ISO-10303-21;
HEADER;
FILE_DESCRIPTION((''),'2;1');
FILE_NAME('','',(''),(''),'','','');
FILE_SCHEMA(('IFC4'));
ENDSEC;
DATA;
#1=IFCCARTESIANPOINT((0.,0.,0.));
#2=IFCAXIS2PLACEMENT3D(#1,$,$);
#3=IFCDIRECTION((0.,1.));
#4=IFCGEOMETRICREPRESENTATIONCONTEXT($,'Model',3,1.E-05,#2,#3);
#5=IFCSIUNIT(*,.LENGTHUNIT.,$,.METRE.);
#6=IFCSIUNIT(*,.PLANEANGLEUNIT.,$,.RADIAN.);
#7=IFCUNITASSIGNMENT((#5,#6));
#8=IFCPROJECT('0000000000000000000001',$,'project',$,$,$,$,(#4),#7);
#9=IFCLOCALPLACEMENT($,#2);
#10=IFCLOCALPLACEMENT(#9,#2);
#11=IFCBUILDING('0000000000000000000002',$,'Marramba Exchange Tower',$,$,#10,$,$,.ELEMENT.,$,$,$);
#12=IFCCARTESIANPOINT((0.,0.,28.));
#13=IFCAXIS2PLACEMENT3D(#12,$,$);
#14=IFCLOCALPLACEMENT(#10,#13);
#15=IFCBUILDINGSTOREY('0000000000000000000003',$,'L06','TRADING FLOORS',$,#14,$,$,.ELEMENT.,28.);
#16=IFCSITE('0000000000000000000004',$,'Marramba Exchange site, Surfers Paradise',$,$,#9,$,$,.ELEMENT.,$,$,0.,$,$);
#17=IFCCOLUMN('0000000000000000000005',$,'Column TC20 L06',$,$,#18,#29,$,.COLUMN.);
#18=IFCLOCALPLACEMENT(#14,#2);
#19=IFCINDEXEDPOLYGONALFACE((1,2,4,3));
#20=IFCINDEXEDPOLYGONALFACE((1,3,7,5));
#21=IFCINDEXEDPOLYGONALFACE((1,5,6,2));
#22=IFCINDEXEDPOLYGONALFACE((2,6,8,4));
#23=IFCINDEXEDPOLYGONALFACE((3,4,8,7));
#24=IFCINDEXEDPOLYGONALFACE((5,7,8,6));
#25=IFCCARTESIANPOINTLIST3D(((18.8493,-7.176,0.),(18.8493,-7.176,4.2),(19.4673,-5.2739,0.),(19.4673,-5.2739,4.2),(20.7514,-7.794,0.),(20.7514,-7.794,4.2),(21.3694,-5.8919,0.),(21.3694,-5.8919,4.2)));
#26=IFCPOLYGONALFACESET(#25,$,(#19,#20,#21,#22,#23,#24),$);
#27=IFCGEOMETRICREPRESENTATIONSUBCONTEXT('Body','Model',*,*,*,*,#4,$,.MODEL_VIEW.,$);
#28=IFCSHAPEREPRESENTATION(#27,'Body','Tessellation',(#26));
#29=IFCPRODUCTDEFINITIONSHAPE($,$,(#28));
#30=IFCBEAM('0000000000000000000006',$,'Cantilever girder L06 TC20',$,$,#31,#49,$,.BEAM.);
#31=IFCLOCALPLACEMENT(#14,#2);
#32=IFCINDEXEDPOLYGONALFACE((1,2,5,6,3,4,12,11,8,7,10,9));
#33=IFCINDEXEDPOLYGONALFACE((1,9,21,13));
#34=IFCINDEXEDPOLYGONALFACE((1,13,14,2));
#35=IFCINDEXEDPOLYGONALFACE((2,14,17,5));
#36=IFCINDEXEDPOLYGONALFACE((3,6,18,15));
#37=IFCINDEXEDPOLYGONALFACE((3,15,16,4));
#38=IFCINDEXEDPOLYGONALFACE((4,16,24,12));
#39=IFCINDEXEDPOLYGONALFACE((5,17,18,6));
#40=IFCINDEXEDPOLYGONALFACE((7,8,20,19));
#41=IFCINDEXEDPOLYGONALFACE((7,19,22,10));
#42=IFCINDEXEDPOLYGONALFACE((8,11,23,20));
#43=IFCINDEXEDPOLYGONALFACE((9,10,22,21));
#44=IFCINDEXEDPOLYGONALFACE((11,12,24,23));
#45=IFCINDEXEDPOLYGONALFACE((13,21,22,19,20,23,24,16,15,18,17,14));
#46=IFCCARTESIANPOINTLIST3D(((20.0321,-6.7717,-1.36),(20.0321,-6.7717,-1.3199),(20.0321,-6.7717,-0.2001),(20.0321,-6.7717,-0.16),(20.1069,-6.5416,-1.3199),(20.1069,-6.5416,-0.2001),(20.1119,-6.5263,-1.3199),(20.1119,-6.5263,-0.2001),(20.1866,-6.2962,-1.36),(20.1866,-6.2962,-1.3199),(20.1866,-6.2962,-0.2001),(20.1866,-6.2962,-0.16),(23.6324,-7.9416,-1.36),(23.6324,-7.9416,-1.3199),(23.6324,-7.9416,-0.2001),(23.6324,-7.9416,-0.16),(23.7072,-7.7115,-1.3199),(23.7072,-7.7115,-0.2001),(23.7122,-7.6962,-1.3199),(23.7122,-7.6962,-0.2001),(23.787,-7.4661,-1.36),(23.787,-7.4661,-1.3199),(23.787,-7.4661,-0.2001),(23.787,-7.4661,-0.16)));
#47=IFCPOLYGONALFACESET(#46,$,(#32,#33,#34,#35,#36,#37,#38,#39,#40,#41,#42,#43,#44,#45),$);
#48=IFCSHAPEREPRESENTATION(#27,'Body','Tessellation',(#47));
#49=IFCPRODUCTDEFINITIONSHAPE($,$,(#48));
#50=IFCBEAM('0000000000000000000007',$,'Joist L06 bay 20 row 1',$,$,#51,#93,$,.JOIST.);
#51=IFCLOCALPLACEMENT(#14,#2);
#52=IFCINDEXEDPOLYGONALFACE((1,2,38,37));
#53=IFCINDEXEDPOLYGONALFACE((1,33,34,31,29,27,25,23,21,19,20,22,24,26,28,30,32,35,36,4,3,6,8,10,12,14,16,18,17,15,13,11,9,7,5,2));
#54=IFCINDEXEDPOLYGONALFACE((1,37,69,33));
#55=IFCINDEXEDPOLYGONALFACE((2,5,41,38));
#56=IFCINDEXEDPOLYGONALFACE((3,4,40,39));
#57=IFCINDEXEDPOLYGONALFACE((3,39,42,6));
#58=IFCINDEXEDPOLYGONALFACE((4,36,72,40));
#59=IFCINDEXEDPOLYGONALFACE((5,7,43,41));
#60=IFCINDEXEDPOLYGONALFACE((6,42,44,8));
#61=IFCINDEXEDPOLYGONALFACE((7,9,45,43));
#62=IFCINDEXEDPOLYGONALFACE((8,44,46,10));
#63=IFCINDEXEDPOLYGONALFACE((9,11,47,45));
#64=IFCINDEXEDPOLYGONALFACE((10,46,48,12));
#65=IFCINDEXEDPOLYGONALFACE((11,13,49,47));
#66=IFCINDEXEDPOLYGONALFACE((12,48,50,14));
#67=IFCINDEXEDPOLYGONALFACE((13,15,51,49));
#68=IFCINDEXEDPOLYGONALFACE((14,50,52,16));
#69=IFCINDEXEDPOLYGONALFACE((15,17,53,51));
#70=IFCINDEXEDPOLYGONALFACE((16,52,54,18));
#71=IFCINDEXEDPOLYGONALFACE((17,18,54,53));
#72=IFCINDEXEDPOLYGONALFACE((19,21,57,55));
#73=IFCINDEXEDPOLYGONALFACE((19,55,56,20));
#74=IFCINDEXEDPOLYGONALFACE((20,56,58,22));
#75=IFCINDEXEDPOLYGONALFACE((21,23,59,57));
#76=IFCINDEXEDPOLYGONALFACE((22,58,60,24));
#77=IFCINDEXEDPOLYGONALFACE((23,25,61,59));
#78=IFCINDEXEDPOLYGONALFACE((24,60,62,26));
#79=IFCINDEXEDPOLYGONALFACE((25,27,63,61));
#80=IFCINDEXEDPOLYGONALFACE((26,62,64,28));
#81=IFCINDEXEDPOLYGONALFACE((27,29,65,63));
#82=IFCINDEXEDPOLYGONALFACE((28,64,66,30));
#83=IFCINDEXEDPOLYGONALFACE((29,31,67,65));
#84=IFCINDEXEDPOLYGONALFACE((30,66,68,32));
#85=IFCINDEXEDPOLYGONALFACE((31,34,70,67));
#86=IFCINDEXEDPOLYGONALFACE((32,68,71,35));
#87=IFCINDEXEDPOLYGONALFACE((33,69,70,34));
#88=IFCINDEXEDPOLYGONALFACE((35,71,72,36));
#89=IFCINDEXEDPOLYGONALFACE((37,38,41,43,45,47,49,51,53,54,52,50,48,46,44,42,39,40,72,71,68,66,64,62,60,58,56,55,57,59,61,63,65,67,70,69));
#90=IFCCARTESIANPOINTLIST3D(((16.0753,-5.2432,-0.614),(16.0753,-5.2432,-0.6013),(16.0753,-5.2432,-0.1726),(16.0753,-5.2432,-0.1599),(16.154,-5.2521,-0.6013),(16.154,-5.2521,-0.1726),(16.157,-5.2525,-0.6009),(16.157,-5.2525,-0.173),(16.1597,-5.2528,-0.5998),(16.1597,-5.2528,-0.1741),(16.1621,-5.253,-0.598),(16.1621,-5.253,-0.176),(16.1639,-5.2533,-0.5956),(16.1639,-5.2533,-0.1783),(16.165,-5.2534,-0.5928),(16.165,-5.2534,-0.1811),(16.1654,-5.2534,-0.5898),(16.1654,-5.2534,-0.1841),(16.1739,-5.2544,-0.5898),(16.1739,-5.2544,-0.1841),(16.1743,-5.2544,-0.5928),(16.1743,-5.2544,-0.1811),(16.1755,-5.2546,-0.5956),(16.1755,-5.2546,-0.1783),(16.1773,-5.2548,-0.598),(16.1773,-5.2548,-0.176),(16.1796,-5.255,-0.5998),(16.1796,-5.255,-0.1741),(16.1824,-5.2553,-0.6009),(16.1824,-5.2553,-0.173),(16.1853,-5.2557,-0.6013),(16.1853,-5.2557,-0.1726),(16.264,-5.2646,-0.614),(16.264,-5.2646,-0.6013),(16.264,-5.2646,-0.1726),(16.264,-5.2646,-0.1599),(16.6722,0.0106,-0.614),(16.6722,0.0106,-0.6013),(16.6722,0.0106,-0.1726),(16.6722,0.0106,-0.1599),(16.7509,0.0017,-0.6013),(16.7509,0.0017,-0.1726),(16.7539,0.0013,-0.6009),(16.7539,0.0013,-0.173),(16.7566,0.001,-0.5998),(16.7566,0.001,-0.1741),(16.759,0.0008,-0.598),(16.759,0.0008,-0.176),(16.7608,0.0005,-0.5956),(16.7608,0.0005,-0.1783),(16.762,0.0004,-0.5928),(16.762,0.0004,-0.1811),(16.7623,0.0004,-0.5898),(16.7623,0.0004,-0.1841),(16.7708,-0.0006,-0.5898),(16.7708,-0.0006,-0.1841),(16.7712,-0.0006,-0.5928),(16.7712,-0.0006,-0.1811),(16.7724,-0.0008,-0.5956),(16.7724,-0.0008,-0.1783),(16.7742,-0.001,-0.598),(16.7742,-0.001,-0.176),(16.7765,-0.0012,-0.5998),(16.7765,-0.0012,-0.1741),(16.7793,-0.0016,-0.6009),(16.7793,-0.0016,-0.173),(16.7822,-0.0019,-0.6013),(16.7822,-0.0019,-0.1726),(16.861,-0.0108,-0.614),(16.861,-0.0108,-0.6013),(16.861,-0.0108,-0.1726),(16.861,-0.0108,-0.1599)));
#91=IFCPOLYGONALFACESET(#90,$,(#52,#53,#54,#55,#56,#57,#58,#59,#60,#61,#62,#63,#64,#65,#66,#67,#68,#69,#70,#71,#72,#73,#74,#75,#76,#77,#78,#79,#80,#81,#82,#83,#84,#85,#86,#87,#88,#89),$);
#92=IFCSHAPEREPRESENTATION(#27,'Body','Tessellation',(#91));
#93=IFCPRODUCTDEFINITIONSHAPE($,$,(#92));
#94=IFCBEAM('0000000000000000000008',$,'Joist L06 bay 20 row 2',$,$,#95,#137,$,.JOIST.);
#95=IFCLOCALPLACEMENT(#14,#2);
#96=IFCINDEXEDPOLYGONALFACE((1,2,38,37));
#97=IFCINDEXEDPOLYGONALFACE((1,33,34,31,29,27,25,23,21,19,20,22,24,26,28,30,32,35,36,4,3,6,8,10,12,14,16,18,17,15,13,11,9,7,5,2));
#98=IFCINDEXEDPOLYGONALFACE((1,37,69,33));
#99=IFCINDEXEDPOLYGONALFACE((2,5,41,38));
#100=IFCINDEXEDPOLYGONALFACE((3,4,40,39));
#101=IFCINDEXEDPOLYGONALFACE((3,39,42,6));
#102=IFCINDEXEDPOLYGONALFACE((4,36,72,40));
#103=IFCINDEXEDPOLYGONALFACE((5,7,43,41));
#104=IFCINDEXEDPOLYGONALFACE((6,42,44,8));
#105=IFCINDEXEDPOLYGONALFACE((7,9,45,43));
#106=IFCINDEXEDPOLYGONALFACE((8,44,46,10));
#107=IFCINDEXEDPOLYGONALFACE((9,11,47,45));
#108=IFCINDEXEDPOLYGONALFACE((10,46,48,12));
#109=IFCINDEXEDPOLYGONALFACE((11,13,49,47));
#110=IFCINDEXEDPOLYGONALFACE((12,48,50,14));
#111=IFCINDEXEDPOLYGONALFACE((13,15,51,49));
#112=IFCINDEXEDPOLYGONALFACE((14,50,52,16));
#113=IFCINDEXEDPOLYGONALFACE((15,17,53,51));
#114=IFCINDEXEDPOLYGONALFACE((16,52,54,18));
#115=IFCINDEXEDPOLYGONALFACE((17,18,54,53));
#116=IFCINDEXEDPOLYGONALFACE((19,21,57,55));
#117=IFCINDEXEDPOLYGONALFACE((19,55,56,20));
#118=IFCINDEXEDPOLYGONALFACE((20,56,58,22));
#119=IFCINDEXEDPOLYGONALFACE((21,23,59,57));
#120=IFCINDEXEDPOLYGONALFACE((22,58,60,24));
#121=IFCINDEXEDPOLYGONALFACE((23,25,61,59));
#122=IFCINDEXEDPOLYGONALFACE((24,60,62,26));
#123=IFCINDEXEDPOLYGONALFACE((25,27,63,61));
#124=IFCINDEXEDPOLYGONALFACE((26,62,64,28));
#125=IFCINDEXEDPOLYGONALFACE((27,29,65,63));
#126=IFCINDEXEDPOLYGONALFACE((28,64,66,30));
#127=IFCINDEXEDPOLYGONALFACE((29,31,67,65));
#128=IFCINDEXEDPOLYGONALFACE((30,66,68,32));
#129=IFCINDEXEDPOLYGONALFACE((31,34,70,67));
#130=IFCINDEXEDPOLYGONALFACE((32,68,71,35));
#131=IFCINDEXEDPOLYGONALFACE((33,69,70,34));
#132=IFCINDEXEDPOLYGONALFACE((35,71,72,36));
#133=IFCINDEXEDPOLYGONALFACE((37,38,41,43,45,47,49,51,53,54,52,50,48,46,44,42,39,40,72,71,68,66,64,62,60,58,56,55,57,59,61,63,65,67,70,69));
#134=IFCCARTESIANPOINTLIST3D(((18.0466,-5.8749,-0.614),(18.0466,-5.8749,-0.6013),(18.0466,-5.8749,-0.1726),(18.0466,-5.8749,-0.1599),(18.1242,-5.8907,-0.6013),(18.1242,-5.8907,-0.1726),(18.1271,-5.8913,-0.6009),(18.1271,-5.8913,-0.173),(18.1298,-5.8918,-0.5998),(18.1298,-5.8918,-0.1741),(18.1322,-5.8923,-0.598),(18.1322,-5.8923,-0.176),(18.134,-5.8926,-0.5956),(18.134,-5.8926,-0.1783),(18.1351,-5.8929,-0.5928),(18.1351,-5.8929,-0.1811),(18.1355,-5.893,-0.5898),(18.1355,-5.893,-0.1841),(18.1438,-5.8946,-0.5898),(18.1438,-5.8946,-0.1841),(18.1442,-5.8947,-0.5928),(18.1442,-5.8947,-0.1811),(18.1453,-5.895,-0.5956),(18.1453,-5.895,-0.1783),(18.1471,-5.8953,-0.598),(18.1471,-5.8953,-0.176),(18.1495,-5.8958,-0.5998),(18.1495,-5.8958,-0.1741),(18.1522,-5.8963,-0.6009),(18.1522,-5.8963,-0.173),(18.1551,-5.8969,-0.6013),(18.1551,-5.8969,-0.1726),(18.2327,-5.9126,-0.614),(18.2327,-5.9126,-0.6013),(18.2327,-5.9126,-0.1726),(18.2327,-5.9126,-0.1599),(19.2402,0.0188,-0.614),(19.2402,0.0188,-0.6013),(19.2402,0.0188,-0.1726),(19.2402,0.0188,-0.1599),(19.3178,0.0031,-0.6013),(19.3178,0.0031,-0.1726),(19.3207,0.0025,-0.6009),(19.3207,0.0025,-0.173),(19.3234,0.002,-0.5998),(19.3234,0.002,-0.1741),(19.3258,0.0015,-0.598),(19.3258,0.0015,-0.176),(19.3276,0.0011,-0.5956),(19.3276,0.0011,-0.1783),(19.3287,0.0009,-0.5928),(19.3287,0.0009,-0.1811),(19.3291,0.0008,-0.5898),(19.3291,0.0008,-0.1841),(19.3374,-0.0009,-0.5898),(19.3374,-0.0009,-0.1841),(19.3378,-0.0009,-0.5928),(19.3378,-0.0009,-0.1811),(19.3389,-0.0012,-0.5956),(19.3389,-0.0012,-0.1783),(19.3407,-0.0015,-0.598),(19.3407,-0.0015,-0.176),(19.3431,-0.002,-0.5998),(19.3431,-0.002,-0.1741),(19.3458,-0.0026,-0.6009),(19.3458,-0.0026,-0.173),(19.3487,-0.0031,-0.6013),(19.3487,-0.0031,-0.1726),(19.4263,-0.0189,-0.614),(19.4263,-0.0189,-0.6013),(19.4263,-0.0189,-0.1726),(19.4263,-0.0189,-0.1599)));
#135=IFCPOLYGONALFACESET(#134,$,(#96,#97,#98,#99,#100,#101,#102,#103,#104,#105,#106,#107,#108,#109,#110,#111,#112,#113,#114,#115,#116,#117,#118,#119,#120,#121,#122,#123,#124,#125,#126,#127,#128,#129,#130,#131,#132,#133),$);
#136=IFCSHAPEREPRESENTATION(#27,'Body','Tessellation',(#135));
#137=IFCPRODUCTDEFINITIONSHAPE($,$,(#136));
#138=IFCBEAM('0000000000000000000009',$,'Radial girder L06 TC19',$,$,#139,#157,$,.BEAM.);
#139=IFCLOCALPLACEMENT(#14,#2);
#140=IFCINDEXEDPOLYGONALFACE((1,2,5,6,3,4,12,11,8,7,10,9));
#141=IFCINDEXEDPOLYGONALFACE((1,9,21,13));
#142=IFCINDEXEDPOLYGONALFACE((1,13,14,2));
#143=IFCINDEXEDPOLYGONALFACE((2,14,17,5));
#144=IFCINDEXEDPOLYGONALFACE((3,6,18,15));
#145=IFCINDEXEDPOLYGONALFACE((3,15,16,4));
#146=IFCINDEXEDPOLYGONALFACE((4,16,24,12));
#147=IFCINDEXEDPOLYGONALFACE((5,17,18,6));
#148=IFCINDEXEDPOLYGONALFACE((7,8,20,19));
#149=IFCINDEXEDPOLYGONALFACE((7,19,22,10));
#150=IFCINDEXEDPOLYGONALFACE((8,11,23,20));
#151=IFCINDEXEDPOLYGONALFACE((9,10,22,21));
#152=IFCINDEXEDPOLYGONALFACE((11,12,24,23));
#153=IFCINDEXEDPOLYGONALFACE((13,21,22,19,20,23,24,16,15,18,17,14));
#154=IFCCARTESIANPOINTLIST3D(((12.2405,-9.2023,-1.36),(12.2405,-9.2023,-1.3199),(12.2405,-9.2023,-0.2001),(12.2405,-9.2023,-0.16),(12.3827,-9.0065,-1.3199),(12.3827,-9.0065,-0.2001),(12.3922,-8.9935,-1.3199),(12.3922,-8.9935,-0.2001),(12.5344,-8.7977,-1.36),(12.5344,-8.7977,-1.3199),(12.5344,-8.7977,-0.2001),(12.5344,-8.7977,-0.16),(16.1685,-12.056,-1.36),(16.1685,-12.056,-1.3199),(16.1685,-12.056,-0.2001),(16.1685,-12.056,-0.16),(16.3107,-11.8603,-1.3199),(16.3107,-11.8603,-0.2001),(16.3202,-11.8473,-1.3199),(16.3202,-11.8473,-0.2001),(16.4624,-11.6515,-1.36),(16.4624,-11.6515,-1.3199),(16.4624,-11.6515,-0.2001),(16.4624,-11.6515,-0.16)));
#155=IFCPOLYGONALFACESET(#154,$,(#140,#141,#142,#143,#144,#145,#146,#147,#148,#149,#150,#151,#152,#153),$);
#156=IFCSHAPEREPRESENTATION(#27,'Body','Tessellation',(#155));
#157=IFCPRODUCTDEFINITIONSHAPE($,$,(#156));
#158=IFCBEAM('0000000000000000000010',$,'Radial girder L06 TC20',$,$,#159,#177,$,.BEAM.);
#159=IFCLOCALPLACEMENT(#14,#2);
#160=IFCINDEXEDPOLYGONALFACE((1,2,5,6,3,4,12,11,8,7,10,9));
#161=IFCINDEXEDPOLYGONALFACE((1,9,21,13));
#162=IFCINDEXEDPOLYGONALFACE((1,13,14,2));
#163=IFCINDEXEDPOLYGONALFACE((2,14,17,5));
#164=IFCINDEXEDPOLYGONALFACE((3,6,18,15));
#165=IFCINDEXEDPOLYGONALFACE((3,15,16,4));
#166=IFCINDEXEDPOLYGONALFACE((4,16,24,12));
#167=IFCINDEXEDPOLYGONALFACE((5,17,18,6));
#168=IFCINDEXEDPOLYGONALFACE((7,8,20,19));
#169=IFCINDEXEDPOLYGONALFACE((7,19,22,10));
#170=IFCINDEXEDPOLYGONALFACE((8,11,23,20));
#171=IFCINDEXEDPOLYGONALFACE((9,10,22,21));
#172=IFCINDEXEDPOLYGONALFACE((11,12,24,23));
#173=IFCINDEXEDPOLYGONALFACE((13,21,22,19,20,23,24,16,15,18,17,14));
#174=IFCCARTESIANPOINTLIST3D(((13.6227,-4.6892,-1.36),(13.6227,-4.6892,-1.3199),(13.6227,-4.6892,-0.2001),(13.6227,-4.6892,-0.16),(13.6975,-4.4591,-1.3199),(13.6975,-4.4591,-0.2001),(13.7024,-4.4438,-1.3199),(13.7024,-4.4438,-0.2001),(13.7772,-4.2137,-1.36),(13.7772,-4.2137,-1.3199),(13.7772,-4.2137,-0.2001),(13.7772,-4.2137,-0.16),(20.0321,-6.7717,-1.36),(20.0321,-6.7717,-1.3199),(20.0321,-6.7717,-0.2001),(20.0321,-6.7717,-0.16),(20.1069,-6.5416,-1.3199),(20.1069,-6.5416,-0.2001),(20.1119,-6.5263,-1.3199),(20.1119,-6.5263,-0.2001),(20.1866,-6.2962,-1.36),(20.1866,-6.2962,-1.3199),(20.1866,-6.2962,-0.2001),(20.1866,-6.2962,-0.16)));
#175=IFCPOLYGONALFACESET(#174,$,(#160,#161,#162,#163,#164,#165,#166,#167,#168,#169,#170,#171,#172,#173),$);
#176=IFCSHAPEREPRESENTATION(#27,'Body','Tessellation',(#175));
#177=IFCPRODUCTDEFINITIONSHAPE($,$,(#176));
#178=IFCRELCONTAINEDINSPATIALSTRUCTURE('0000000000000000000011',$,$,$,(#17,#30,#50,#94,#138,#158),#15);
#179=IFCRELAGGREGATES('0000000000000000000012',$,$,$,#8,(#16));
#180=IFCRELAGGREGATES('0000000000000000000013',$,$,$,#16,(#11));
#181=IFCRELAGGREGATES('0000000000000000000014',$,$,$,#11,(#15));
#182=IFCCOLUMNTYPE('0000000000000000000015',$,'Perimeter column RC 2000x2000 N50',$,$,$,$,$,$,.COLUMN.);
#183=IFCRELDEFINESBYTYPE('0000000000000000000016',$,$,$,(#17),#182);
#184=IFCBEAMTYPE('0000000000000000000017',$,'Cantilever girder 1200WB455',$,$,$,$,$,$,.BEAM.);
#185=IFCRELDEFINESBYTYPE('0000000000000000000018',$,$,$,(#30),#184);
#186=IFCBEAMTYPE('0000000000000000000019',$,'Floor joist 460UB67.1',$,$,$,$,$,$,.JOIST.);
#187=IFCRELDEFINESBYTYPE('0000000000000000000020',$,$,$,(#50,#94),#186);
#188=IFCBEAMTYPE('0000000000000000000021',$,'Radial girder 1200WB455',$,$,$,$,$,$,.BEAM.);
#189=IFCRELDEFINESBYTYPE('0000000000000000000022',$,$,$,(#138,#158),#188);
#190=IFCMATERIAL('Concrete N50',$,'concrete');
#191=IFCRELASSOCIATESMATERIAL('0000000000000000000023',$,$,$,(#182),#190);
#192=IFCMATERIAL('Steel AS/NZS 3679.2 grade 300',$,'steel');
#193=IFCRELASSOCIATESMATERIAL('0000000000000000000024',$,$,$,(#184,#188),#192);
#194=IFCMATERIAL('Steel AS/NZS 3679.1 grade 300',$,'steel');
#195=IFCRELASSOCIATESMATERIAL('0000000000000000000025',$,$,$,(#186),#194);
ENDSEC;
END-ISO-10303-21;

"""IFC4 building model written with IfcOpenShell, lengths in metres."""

from ifc_helpers import new_model, si_unit, direction, frame, origin, origin_2d, place, context, subcontext, project, spatial, rectangle, i_section, extrude, material, material_profile, profile_set, type_object, element, save


model = new_model("IFC4")

# Units and contexts
model_context = context("Model", 3, precision=1e-05, world=origin(), true_north=direction((0.0, 1.0)))
body_context = subcontext(model_context, "Body", "Model", "MODEL_VIEW")
ifc_project = project(units=[si_unit("LENGTHUNIT", "METRE"), si_unit("PLANEANGLEUNIT", "RADIAN")], contexts=[model_context])

# Site, building, storey
site_placement = place(None, origin())
site = spatial("IfcSite", under=ifc_project, at=site_placement, Name="Marramba Exchange site, Surfers Paradise", CompositionType="ELEMENT", RefElevation=0.0)
building_placement = place(site_placement, origin())
building = spatial("IfcBuilding", under=site, at=building_placement, Name="Marramba Exchange Tower", CompositionType="ELEMENT")
storey_placement = place(building_placement, frame((0.0, 0.0, 28.0)))
storey = spatial("IfcBuildingStorey", under=building, at=storey_placement, Name="L06", Description="TRADING FLOORS", CompositionType="ELEMENT", Elevation=28.0)

# Column
ifc_material_1 = material(Name="Concrete N50", Category="concrete")
ifc_material_profile_1 = material_profile(ifc_material_1, rectangle(XDim=2.0, YDim=2.0, at=origin_2d()), Name="RC 2000x2000")
ifc_profile_set_1 = profile_set([ifc_material_profile_1], Name="Concrete N50")
column_type = type_object("IfcColumnType", Name="Perimeter column RC 2000x2000 N50", PredefinedType="COLUMN", material=ifc_profile_set_1)
column_placement = place(storey_placement, frame((20.1094, -6.5339, 0.0), z_axis=(0.0, 0.0, 1.0), x_axis=(0.951057, -0.309017, 0.0)))
element("IfcColumn", 1, at=column_placement, inside=storey, type_object=column_type, Name="Column TC20 L06", PredefinedType="COLUMN", context=body_context, shape_type="SweptSolid", body=[
    extrude(rectangle(XDim=2.0, YDim=2.0, at=origin_2d()), origin(), (0.0, 0.0, 1.0), 4.2),
])

# Beams
ifc_material_2 = material(Name="Steel AS/NZS 3679.2 grade 300", Category="steel")
ifc_material_profile_2 = material_profile(ifc_material_2, i_section(OverallWidth=0.5, OverallDepth=1.2, WebThickness=0.0161, FlangeThickness=0.04, at=origin_2d()), Name="1200WB455")
ifc_profile_set_2 = profile_set([ifc_material_profile_2], Name="Steel AS/NZS 3679.2 grade 300")
beam_type_1 = type_object("IfcBeamType", Name="Cantilever girder 1200WB455", PredefinedType="BEAM", material=ifc_profile_set_2)
beam_1_placement = place(storey_placement, frame((20.1094, -6.5339, -0.76), z_axis=(0.951049, -0.309041, 0.0), x_axis=(0.309041, 0.951049, 0.0)))
element("IfcBeam", 2, at=beam_1_placement, inside=storey, type_object=beam_type_1, Name="Cantilever girder L06 TC20", PredefinedType="BEAM", context=body_context, shape_type="SweptSolid", body=[
    extrude(i_section(OverallWidth=0.5, OverallDepth=1.2, WebThickness=0.0161, FlangeThickness=0.04, at=origin_2d()), origin(), (0.0, 0.0, 1.0), 3.7856),
])
ifc_material_3 = material(Name="Steel AS/NZS 3679.1 grade 300", Category="steel")
ifc_material_profile_3 = material_profile(ifc_material_3, i_section(OverallWidth=0.1899, OverallDepth=0.4541, WebThickness=0.0085, FlangeThickness=0.0127, FilletRadius=0.0115, at=origin_2d()), Name="460UB67.1")
ifc_profile_set_3 = profile_set([ifc_material_profile_3], Name="Steel AS/NZS 3679.1 grade 300")
beam_type_2 = type_object("IfcBeamType", Name="Floor joist 460UB67.1", PredefinedType="JOIST", material=ifc_profile_set_3)
beam_2_placement = place(storey_placement, frame((16.1697, -5.2539, -0.387), z_axis=(0.112889, 0.993608, 0.0), x_axis=(-0.993608, 0.112889, 0.0)))
element("IfcBeam", 3, at=beam_2_placement, inside=storey, type_object=beam_type_2, Name="Joist L06 bay 20 row 1", PredefinedType="JOIST", context=body_context, shape_type="SweptSolid", body=[
    extrude(i_section(OverallWidth=0.1899, OverallDepth=0.4541, WebThickness=0.0085, FlangeThickness=0.0127, FilletRadius=0.0115, at=origin_2d()), origin(), (0.0, 0.0, 1.0), 5.2876),
])
beam_3_placement = place(storey_placement, frame((18.1396, -5.8938, -0.387), z_axis=(0.198489, 0.980103, 0.0), x_axis=(-0.980103, 0.198489, 0.0)))
element("IfcBeam", 4, at=beam_3_placement, inside=storey, type_object=beam_type_2, Name="Joist L06 bay 20 row 2", PredefinedType="JOIST", context=body_context, shape_type="SweptSolid", body=[
    extrude(i_section(OverallWidth=0.1899, OverallDepth=0.4541, WebThickness=0.0085, FlangeThickness=0.0127, FilletRadius=0.0115, at=origin_2d()), origin(), (0.0, 0.0, 1.0), 6.0134),
])
ifc_material_profile_4 = material_profile(ifc_material_2, i_section(OverallWidth=0.5, OverallDepth=1.2, WebThickness=0.0161, FlangeThickness=0.04, at=origin_2d()), Name="1200WB455")
ifc_profile_set_4 = profile_set([ifc_material_profile_4], Name="Steel AS/NZS 3679.2 grade 300")
beam_type_3 = type_object("IfcBeamType", Name="Radial girder 1200WB455", PredefinedType="BEAM", material=ifc_profile_set_4)
beam_4_placement = place(storey_placement, frame((12.3875, -9.0, -0.76), z_axis=(0.809025, -0.587774, 0.0), x_axis=(0.587774, 0.809025, 0.0)))
element("IfcBeam", 5, at=beam_4_placement, inside=storey, type_object=beam_type_3, Name="Radial girder L06 TC19", PredefinedType="BEAM", context=body_context, shape_type="SweptSolid", body=[
    extrude(i_section(OverallWidth=0.5, OverallDepth=1.2, WebThickness=0.0161, FlangeThickness=0.04, at=origin_2d()), origin(), (0.0, 0.0, 1.0), 4.8552),
])
beam_5_placement = place(storey_placement, frame((13.7, -4.4514, -0.76), z_axis=(0.951058, -0.309013, 0.0), x_axis=(0.309013, 0.951058, 0.0)))
element("IfcBeam", 6, at=beam_5_placement, inside=storey, type_object=beam_type_3, Name="Radial girder L06 TC20", PredefinedType="BEAM", context=body_context, shape_type="SweptSolid", body=[
    extrude(i_section(OverallWidth=0.5, OverallDepth=1.2, WebThickness=0.0161, FlangeThickness=0.04, at=origin_2d()), origin(), (0.0, 0.0, 1.0), 6.7393),
])

save(model, "model.ifc")
